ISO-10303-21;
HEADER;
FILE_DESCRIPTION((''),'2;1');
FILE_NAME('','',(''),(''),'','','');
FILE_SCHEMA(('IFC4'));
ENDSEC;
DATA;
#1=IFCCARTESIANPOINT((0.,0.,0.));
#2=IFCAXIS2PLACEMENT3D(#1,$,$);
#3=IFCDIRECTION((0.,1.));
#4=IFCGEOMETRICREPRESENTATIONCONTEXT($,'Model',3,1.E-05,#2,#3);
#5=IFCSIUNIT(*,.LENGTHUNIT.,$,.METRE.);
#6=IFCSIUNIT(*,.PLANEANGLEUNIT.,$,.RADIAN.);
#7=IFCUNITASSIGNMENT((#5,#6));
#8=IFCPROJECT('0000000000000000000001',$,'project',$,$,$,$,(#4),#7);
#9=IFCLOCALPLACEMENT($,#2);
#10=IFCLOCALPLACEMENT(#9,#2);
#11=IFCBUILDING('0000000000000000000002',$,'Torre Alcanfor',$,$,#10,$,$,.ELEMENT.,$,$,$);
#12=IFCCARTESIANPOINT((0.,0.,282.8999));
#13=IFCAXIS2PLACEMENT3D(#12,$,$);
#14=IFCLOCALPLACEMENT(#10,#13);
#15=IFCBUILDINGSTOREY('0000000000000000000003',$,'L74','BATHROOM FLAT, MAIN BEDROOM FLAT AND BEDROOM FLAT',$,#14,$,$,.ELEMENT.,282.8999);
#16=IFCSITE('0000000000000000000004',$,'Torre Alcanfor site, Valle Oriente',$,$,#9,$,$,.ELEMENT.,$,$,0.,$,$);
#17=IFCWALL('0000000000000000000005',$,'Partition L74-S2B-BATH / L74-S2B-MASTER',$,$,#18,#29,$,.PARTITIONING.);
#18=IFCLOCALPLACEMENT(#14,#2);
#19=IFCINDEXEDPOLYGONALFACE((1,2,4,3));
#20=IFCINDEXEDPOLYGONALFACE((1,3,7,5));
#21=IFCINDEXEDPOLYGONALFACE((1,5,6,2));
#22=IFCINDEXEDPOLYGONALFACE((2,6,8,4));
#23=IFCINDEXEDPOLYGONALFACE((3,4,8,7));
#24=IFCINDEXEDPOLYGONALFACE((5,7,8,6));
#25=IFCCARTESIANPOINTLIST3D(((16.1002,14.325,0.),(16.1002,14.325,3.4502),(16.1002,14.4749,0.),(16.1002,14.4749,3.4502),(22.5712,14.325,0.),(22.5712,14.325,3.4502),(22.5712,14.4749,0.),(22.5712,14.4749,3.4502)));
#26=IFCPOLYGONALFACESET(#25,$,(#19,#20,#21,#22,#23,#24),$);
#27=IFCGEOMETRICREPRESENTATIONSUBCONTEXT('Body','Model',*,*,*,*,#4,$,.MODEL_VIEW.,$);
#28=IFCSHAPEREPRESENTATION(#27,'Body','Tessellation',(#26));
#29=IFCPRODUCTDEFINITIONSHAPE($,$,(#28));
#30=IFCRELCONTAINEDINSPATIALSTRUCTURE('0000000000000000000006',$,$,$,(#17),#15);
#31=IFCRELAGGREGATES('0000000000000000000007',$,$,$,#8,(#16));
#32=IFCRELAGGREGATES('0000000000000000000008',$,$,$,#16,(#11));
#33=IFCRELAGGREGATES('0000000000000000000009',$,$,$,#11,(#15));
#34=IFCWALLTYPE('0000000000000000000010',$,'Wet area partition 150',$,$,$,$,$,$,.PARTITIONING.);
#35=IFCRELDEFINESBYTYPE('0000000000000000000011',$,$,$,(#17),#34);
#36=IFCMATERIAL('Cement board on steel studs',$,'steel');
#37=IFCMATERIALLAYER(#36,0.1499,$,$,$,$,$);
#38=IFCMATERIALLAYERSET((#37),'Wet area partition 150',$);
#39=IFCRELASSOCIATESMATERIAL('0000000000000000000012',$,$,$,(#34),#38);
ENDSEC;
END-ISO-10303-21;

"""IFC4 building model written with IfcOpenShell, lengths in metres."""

from ifc_helpers import new_model, si_unit, direction, frame, frame_2d, origin, place, context, subcontext, project, spatial, rectangle, extrude, material, layer, layer_set, type_object, element, save


model = new_model("IFC4")

# Units and contexts
model_context = context("Model", 3, precision=1e-05, world=origin(), true_north=direction((0.0, 1.0)))
body_context = subcontext(model_context, "Body", "Model", "MODEL_VIEW")
ifc_project = project(units=[si_unit("LENGTHUNIT", "METRE"), si_unit("PLANEANGLEUNIT", "RADIAN")], contexts=[model_context])

# Site, building, storey
site_placement = place(None, origin())
site = spatial("IfcSite", under=ifc_project, at=site_placement, Name="Torre Alcanfor site, Valle Oriente", CompositionType="ELEMENT", RefElevation=0.0)
building_placement = place(site_placement, origin())
building = spatial("IfcBuilding", under=site, at=building_placement, Name="Torre Alcanfor", CompositionType="ELEMENT")
storey_placement = place(building_placement, frame((0.0, 0.0, 282.8999)))
storey = spatial("IfcBuildingStorey", under=building, at=storey_placement, Name="L74", Description="BATHROOM FLAT, MAIN BEDROOM FLAT AND BEDROOM FLAT", CompositionType="ELEMENT", Elevation=282.8999)

# Shared definitions
ifc_material_1 = material(Name="Cement board on steel studs", Category="steel")
ifc_layer_1 = layer(ifc_material_1, 0.1499)
ifc_layer_set_1 = layer_set([ifc_layer_1], Name="Wet area partition 150")
wall_type_1 = type_object("IfcWallType", Name="Wet area partition 150", PredefinedType="PARTITIONING", material=ifc_layer_set_1)

# Wall
wall_1_placement = place(storey_placement, frame((22.571, 14.3999, 0.0), z_axis=(0.0, 0.0, 1.0), x_axis=(-1.0, 0.0, 0.0)))
element("IfcWall", 1, at=wall_1_placement, inside=storey, type_object=wall_type_1, Name="Partition L74-S2B-BATH / L74-S2B-MASTER", PredefinedType="PARTITIONING", context=body_context, shape_type="SweptSolid", body=[
    extrude(rectangle(XDim=6.4709, YDim=0.1499, at=frame_2d((3.2354, 0.0))), origin(), (0.0, 0.0, 1.0), 3.4502),
])

save(model, "model.ifc")
